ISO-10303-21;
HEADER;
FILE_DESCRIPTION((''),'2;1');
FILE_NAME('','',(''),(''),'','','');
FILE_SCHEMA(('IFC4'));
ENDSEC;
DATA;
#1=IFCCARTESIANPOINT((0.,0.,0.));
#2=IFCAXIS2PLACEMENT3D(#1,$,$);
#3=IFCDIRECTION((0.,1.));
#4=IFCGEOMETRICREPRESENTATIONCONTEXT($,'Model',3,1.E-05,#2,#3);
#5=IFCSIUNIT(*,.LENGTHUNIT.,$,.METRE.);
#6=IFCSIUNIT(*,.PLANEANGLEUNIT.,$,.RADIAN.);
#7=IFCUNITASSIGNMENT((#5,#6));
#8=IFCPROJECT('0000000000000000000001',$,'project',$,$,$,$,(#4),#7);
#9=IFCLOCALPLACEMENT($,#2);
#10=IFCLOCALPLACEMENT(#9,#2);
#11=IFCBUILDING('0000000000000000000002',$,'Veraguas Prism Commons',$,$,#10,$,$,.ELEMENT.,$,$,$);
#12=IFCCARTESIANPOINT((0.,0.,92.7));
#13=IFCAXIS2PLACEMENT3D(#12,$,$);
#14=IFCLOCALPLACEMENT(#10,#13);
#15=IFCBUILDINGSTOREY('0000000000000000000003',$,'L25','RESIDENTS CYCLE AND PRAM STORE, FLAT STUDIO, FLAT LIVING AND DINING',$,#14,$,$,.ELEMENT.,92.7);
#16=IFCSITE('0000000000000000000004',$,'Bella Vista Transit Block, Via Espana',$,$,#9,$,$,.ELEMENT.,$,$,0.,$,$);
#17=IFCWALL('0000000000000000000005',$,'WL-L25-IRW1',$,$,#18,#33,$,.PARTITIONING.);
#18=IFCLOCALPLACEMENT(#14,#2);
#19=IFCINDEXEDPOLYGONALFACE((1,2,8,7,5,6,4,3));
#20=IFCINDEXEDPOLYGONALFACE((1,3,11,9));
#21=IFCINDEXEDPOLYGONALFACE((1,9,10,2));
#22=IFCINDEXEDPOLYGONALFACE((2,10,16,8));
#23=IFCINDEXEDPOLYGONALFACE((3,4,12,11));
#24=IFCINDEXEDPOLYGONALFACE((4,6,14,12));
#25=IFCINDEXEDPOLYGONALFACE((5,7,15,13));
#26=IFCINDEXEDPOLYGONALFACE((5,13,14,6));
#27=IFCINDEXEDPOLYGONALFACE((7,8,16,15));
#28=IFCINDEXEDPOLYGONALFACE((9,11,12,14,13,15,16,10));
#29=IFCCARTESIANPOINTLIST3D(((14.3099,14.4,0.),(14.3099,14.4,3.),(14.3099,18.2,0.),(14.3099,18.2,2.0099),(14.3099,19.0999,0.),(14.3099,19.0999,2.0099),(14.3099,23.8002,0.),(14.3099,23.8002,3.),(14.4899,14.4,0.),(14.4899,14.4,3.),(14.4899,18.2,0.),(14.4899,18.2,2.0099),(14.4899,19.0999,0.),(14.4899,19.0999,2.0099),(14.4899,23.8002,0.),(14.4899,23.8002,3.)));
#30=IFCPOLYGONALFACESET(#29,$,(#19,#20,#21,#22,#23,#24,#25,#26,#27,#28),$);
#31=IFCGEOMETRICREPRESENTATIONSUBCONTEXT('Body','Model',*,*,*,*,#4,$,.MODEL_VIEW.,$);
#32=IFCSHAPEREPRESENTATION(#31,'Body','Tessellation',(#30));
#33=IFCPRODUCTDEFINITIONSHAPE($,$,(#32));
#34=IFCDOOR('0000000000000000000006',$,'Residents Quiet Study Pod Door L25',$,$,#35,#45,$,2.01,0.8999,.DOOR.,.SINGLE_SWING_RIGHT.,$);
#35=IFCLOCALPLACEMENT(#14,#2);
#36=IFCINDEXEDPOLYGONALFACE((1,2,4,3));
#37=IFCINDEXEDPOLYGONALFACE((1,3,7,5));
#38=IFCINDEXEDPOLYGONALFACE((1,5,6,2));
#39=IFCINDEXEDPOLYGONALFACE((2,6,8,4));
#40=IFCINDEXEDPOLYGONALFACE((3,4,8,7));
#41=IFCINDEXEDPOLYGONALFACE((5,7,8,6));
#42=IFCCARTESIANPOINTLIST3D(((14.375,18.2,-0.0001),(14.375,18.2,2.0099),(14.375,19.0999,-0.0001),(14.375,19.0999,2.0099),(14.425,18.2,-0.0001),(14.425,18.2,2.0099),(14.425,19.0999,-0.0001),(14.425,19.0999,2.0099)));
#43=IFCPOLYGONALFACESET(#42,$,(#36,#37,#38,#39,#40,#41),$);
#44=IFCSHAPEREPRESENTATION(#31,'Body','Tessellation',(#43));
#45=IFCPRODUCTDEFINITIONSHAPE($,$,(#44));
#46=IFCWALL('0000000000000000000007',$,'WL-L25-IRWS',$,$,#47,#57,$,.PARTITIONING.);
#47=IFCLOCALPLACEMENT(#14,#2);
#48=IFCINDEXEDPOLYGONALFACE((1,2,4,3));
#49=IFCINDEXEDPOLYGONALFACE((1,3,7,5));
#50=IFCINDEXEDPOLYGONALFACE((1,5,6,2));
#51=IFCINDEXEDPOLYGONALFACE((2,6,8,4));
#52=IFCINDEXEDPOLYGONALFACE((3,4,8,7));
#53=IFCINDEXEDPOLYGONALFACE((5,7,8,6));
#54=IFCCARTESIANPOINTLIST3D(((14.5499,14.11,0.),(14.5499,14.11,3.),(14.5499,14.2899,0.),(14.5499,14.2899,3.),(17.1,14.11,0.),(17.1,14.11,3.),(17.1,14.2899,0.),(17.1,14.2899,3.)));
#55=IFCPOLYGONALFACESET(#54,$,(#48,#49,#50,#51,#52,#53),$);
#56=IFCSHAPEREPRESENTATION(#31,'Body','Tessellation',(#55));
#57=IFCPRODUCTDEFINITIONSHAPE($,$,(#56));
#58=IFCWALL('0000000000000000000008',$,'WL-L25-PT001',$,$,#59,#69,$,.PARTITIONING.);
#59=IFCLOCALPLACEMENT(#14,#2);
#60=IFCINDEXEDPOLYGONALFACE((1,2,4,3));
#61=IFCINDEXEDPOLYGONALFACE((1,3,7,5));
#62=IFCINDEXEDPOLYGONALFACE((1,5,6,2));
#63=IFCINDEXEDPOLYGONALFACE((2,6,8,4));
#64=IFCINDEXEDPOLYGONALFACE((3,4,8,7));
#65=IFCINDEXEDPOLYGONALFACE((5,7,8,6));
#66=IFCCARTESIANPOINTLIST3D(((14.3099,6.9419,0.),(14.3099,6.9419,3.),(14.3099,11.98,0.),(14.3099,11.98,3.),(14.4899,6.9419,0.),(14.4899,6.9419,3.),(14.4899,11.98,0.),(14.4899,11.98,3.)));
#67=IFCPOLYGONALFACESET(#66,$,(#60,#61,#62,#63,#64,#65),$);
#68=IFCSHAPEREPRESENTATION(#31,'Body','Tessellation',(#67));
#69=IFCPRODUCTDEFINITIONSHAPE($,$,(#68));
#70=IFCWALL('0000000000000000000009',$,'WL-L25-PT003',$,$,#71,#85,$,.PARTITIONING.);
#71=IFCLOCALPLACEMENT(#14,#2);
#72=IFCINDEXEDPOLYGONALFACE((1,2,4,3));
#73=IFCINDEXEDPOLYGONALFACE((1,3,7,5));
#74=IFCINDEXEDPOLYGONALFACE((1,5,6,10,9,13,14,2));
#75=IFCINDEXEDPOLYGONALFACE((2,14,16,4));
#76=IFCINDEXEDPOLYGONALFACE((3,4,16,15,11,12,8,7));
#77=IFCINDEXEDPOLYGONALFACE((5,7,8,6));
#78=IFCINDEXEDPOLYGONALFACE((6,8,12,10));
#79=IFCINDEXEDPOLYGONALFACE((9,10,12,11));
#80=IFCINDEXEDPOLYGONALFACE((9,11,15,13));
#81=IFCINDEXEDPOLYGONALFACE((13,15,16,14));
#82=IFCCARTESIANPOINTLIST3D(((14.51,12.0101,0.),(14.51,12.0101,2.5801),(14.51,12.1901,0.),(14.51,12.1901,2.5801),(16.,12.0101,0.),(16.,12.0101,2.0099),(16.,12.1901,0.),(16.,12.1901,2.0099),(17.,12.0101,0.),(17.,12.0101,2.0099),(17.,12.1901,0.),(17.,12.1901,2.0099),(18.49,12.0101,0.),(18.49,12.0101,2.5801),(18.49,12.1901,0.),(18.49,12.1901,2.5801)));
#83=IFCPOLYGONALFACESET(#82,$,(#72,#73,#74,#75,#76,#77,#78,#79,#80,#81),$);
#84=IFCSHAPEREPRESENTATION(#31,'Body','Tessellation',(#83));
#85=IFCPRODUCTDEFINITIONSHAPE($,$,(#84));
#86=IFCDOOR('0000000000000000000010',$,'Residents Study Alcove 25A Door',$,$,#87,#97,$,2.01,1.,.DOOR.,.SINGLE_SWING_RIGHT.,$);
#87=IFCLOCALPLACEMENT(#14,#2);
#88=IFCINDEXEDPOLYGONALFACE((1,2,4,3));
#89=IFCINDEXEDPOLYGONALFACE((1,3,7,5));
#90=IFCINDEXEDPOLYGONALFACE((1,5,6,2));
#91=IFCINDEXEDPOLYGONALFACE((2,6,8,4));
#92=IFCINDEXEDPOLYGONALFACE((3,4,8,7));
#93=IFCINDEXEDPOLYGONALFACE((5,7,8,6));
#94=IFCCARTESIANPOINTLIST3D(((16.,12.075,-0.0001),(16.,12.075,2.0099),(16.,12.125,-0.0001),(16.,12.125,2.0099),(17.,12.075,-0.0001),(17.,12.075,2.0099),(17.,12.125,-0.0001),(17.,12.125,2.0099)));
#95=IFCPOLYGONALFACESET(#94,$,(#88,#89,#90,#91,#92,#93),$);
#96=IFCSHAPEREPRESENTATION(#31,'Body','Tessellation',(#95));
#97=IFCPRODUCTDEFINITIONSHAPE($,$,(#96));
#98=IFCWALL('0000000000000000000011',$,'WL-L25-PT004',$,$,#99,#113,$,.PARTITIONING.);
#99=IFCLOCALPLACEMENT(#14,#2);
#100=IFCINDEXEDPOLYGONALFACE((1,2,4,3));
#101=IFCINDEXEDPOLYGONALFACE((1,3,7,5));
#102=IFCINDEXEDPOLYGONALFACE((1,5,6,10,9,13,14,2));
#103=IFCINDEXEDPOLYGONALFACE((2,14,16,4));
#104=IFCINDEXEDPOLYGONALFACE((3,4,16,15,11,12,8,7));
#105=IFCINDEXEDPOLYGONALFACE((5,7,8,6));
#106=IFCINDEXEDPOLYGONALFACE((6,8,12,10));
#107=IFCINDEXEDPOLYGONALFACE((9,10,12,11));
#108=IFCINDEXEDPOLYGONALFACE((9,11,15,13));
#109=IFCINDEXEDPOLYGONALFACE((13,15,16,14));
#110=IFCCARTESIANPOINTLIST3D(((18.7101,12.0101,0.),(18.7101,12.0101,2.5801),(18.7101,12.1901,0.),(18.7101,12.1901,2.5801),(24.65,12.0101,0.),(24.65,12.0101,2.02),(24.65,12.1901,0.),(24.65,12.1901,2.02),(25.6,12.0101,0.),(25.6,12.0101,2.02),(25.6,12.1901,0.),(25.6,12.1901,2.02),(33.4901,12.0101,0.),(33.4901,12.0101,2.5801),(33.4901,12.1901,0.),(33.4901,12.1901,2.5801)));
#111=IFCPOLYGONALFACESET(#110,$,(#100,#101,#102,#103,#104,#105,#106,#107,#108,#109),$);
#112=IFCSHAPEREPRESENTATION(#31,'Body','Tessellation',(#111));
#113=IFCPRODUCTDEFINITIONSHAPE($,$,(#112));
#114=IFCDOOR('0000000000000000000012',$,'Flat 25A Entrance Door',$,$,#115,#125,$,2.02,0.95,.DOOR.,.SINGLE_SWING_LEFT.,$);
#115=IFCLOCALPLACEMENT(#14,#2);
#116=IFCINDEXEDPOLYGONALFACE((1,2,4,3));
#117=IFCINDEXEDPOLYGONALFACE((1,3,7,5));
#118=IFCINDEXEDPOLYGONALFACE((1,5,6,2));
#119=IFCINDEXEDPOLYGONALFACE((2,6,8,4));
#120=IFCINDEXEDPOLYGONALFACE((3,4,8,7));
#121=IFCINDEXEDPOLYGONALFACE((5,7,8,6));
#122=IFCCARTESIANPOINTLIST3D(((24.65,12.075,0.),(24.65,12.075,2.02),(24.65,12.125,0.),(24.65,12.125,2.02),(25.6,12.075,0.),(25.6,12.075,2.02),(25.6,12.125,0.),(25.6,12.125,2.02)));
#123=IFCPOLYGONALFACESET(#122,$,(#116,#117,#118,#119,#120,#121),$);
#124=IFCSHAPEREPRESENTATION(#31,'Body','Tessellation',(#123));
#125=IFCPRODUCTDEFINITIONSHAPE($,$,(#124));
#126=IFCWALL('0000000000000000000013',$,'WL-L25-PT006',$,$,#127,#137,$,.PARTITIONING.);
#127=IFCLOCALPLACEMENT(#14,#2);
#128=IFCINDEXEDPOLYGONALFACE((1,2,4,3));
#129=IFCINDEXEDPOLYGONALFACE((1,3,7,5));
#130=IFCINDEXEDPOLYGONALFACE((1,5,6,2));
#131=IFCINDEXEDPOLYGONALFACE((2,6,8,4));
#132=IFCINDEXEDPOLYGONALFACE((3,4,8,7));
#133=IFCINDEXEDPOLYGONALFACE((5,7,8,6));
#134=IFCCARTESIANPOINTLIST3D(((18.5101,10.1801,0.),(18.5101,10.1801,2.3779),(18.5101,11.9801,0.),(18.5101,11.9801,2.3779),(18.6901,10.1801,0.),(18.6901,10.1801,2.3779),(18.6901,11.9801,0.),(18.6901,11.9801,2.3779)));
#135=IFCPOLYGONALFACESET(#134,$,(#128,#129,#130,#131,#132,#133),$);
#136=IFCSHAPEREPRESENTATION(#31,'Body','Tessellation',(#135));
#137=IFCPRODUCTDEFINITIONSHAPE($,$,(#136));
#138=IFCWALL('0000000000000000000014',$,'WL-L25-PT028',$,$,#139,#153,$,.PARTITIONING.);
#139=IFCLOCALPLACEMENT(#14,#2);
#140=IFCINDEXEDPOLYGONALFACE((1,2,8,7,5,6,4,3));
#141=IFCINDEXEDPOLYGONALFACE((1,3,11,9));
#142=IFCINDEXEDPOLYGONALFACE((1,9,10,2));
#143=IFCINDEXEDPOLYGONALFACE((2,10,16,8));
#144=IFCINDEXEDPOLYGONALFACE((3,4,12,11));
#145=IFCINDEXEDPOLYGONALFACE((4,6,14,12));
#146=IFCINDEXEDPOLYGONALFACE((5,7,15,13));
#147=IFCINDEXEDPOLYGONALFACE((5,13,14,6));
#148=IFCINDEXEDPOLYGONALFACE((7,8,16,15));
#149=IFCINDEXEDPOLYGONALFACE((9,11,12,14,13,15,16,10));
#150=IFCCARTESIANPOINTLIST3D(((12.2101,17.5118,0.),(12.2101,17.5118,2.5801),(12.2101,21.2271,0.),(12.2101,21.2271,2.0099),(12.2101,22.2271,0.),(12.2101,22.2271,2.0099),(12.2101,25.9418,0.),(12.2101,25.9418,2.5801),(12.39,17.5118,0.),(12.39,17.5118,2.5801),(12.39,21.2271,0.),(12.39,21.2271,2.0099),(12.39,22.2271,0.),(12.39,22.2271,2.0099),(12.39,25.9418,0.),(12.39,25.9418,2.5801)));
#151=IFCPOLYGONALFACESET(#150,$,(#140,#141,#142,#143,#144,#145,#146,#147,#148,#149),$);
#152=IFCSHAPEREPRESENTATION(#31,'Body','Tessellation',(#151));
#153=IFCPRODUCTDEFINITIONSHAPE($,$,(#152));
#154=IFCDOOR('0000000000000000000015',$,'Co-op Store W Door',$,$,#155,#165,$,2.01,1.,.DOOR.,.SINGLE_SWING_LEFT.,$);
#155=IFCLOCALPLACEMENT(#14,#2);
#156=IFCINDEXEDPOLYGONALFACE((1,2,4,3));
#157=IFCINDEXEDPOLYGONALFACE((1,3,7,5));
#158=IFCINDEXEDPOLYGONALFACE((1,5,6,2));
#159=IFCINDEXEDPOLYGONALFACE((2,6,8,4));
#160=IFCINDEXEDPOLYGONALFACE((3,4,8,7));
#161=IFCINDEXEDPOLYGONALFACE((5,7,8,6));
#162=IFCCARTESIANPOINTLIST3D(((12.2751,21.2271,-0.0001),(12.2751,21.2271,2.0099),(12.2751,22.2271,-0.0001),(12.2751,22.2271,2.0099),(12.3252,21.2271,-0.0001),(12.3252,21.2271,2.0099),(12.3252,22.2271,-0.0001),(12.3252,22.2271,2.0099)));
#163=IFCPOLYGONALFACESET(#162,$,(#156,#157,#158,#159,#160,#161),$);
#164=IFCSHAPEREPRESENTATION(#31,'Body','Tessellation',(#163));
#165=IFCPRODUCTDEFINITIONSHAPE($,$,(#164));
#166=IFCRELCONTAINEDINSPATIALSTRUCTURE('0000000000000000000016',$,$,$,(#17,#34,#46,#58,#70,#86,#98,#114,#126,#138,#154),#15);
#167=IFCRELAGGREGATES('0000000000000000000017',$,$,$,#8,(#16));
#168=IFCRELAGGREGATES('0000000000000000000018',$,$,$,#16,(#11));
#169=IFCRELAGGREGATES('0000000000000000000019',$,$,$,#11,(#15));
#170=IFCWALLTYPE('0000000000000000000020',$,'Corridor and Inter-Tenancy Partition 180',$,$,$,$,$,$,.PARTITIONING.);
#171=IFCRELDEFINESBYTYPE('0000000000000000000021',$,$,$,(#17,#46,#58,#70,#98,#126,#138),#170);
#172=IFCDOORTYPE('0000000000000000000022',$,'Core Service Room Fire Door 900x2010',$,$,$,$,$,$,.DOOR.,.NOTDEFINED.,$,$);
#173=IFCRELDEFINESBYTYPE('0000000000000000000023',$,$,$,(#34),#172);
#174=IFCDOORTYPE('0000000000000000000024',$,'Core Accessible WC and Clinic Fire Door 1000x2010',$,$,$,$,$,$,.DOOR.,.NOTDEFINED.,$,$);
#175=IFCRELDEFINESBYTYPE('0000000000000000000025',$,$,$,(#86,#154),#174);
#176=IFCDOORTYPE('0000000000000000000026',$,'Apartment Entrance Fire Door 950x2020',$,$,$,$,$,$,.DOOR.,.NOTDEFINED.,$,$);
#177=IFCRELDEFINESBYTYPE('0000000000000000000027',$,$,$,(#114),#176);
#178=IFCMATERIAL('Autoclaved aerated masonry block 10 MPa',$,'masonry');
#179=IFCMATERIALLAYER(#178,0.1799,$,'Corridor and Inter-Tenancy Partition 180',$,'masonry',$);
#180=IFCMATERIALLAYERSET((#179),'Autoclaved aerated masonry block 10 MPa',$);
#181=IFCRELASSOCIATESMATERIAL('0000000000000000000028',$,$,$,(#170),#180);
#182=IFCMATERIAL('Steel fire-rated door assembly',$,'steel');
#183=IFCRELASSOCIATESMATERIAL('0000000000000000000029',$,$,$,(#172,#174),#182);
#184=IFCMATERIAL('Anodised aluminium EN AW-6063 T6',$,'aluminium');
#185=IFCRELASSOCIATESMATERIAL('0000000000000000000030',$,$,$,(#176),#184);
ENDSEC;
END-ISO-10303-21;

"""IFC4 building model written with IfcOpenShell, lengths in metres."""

from ifc_helpers import new_model, si_unit, direction, frame, frame_2d, origin, place, context, subcontext, project, spatial, rectangle, extrude, source, transform, mapped, material, layer, layer_set, type_object, element, fill, save


model = new_model("IFC4")

# Units and contexts
model_context = context("Model", 3, precision=1e-05, world=origin(), true_north=direction((0.0, 1.0)))
body_context = subcontext(model_context, "Body", "Model", "MODEL_VIEW")
ifc_project = project(units=[si_unit("LENGTHUNIT", "METRE"), si_unit("PLANEANGLEUNIT", "RADIAN")], contexts=[model_context])

# Site, building, storey
site_placement = place(None, origin())
site = spatial("IfcSite", under=ifc_project, at=site_placement, Name="Bella Vista Transit Block, Via Espana", CompositionType="ELEMENT", RefElevation=0.0)
building_placement = place(site_placement, origin())
building = spatial("IfcBuilding", under=site, at=building_placement, Name="Veraguas Prism Commons", CompositionType="ELEMENT")
storey_placement = place(building_placement, frame((0.0, 0.0, 92.7)))
storey = spatial("IfcBuildingStorey", under=building, at=storey_placement, Name="L25", Description="RESIDENTS CYCLE AND PRAM STORE, FLAT STUDIO, FLAT LIVING AND DINING", CompositionType="ELEMENT", Elevation=92.7)

# Shared definitions
ifc_material_1 = material(Name="Steel fire-rated door assembly", Category="steel")

# Wall, opening, door
ifc_material_2 = material(Name="Autoclaved aerated masonry block 10 MPa", Category="masonry")
ifc_layer_1 = layer(ifc_material_2, 0.1799, Name="Corridor and Inter-Tenancy Partition 180", Category="masonry")
ifc_layer_set_1 = layer_set([ifc_layer_1], Name="Autoclaved aerated masonry block 10 MPa")
wall_type_1 = type_object("IfcWallType", Name="Corridor and Inter-Tenancy Partition 180", PredefinedType="PARTITIONING", material=ifc_layer_set_1)
wall_1_placement = place(storey_placement, frame((14.3999, 14.3999, 0.0), z_axis=(0.0, 0.0, 1.0), x_axis=(0.0, 1.0, 0.0)))
wall_1 = element("IfcWall", 1, at=wall_1_placement, inside=storey, type_object=wall_type_1, Name="WL-L25-IRW1", PredefinedType="PARTITIONING", context=body_context, shape_type="SweptSolid", body=[
    extrude(rectangle(XDim=9.4001, YDim=0.1799, at=frame_2d((4.7002, 0.0))), origin(), (0.0, 0.0, 1.0), 3.0),
])
opening_1_placement = place(wall_1_placement, frame((3.8, 0.0, 0.0)))
opening_1 = element("IfcOpeningElement", 2, at=opening_1_placement, cuts=wall_1, PredefinedType="OPENING", context=body_context, shape_type="SweptSolid", body=[
    extrude(rectangle(XDim=0.8999, YDim=2.01, at=frame_2d((0.45, 1.0049))), frame((0.0, 0.0999, 0.0), z_axis=(0.0, -1.0, 0.0), x_axis=(1.0, 0.0, 0.0)), (0.0, 0.0, 1.0), 0.2),
])
door_type_1 = type_object("IfcDoorType", Name="Core Service Room Fire Door 900x2010", OperationType="NOTDEFINED", PredefinedType="DOOR", material=ifc_material_1)
shared_shape_1 = source(origin(), body_context, "Body", "SweptSolid", [
    extrude(rectangle(XDim=0.8999, YDim=2.01, at=frame_2d((0.45, 1.0049))), frame((0.0, 0.0249, 0.0), z_axis=(0.0, -1.0, 0.0), x_axis=(1.0, 0.0, 0.0)), (0.0, 0.0, 1.0), 0.05),
])
door_1_placement = place(opening_1_placement, origin())
door_1 = element("IfcDoor", 3, at=door_1_placement, inside=storey, type_object=door_type_1, Name="Residents Quiet Study Pod Door L25", OperationType="SINGLE_SWING_RIGHT", OverallHeight=2.01, OverallWidth=0.8999, PredefinedType="DOOR", context=body_context, shape_type="MappedRepresentation", body=[
    mapped(shared_shape_1, transform((0.0, 0.0, 0.0), scale=1.0)),
])
fill(opening_1, door_1)

# Walls
wall_2_placement = place(storey_placement, frame((14.55, 14.2, 0.0), z_axis=(0.0, 0.0, 1.0), x_axis=(1.0, 0.0, 0.0)))
element("IfcWall", 4, at=wall_2_placement, inside=storey, type_object=wall_type_1, Name="WL-L25-IRWS", PredefinedType="PARTITIONING", context=body_context, shape_type="SweptSolid", body=[
    extrude(rectangle(XDim=2.55, YDim=0.1799, at=frame_2d((1.2749, 0.0))), origin(), (0.0, 0.0, 1.0), 3.0),
])
wall_3_placement = place(storey_placement, frame((14.3999, 11.98, 0.0), z_axis=(0.0, 0.0, 1.0), x_axis=(0.0, -1.0, 0.0)))
element("IfcWall", 5, at=wall_3_placement, inside=storey, type_object=wall_type_1, Name="WL-L25-PT001", PredefinedType="PARTITIONING", context=body_context, shape_type="SweptSolid", body=[
    extrude(rectangle(XDim=5.0381, YDim=0.1799, at=frame_2d((2.519, 0.0))), origin(), (0.0, 0.0, 1.0), 3.0),
])

# Walls, openings, doors
wall_4_placement = place(storey_placement, frame((14.51, 12.1001, 0.0), z_axis=(0.0, 0.0, 1.0), x_axis=(1.0, 0.0, 0.0)))
wall_4 = element("IfcWall", 6, at=wall_4_placement, inside=storey, type_object=wall_type_1, Name="WL-L25-PT003", PredefinedType="PARTITIONING", context=body_context, shape_type="SweptSolid", body=[
    extrude(rectangle(XDim=3.98, YDim=0.1799, at=frame_2d((1.99, 0.0))), origin(), (0.0, 0.0, 1.0), 2.5801),
])
opening_2_placement = place(wall_4_placement, frame((1.49, 0.0, 0.0)))
opening_2 = element("IfcOpeningElement", 7, at=opening_2_placement, cuts=wall_4, PredefinedType="OPENING", context=body_context, shape_type="SweptSolid", body=[
    extrude(rectangle(XDim=1.0, YDim=2.01, at=frame_2d((0.5, 1.0049))), frame((0.0, 0.0999, 0.0), z_axis=(0.0, -1.0, 0.0), x_axis=(1.0, 0.0, 0.0)), (0.0, 0.0, 1.0), 0.2),
])
door_type_2 = type_object("IfcDoorType", Name="Core Accessible WC and Clinic Fire Door 1000x2010", OperationType="NOTDEFINED", PredefinedType="DOOR", material=ifc_material_1)
shared_shape_2 = source(origin(), body_context, "Body", "SweptSolid", [
    extrude(rectangle(XDim=1.0, YDim=2.01, at=frame_2d((0.5, 1.0049))), frame((0.0, 0.0249, 0.0), z_axis=(0.0, -1.0, 0.0), x_axis=(1.0, 0.0, 0.0)), (0.0, 0.0, 1.0), 0.05),
])
door_2_placement = place(opening_2_placement, origin())
door_2 = element("IfcDoor", 8, at=door_2_placement, inside=storey, type_object=door_type_2, Name="Residents Study Alcove 25A Door", OperationType="SINGLE_SWING_RIGHT", OverallHeight=2.01, OverallWidth=1.0, PredefinedType="DOOR", context=body_context, shape_type="MappedRepresentation", body=[
    mapped(shared_shape_2, transform((0.0, 0.0, 0.0), scale=1.0)),
])
fill(opening_2, door_2)
wall_5_placement = place(storey_placement, frame((18.71, 12.1001, 0.0), z_axis=(0.0, 0.0, 1.0), x_axis=(1.0, 0.0, 0.0)))
wall_5 = element("IfcWall", 9, at=wall_5_placement, inside=storey, type_object=wall_type_1, Name="WL-L25-PT004", PredefinedType="PARTITIONING", context=body_context, shape_type="SweptSolid", body=[
    extrude(rectangle(XDim=14.78, YDim=0.1799, at=frame_2d((7.3901, 0.0))), origin(), (0.0, 0.0, 1.0), 2.5801),
])
opening_3_placement = place(wall_5_placement, frame((5.9399, 0.0, 0.0)))
opening_3 = element("IfcOpeningElement", 10, at=opening_3_placement, cuts=wall_5, PredefinedType="OPENING", context=body_context, shape_type="SweptSolid", body=[
    extrude(rectangle(XDim=0.95, YDim=2.02, at=frame_2d((0.4751, 1.01))), frame((0.0, 0.0999, 0.0), z_axis=(0.0, -1.0, 0.0), x_axis=(1.0, 0.0, 0.0)), (0.0, 0.0, 1.0), 0.2),
])
ifc_material_3 = material(Name="Anodised aluminium EN AW-6063 T6", Category="aluminium")
door_type_3 = type_object("IfcDoorType", Name="Apartment Entrance Fire Door 950x2020", OperationType="NOTDEFINED", PredefinedType="DOOR", material=ifc_material_3)
shared_shape_3 = source(origin(), body_context, "Body", "SweptSolid", [
    extrude(rectangle(XDim=0.95, YDim=2.02, at=frame_2d((0.4751, 1.01))), frame((0.0, 0.0249, 0.0), z_axis=(0.0, -1.0, 0.0), x_axis=(1.0, 0.0, 0.0)), (0.0, 0.0, 1.0), 0.05),
])
door_3_placement = place(opening_3_placement, origin())
door_3 = element("IfcDoor", 11, at=door_3_placement, inside=storey, type_object=door_type_3, Name="Flat 25A Entrance Door", OperationType="SINGLE_SWING_LEFT", OverallHeight=2.02, OverallWidth=0.95, PredefinedType="DOOR", context=body_context, shape_type="MappedRepresentation", body=[
    mapped(shared_shape_3, transform((0.0, 0.0, 0.0), scale=1.0)),
])
fill(opening_3, door_3)

# Wall
wall_6_placement = place(storey_placement, frame((18.6001, 11.98, 0.0), z_axis=(0.0, 0.0, 1.0), x_axis=(0.0, -1.0, 0.0)))
element("IfcWall", 12, at=wall_6_placement, inside=storey, type_object=wall_type_1, Name="WL-L25-PT006", PredefinedType="PARTITIONING", context=body_context, shape_type="SweptSolid", body=[
    extrude(rectangle(XDim=1.8, YDim=0.1799, at=frame_2d((0.8999, 0.0))), origin(), (0.0, 0.0, 1.0), 2.3779),
])

# Wall, opening, door
wall_7_placement = place(storey_placement, frame((12.3, 17.512, 0.0), z_axis=(0.0, 0.0, 1.0), x_axis=(0.0, 1.0, 0.0)))
wall_7 = element("IfcWall", 13, at=wall_7_placement, inside=storey, type_object=wall_type_1, Name="WL-L25-PT028", PredefinedType="PARTITIONING", context=body_context, shape_type="SweptSolid", body=[
    extrude(rectangle(XDim=8.4299, YDim=0.1799, at=frame_2d((4.2148, 0.0))), origin(), (0.0, 0.0, 1.0), 2.5801),
])
opening_4_placement = place(wall_7_placement, frame((3.7151, 0.0, 0.0)))
opening_4 = element("IfcOpeningElement", 14, at=opening_4_placement, cuts=wall_7, PredefinedType="OPENING", context=body_context, shape_type="SweptSolid", body=[
    extrude(rectangle(XDim=1.0, YDim=2.01, at=frame_2d((0.5, 1.0049))), frame((0.0, 0.0999, 0.0), z_axis=(0.0, -1.0, 0.0), x_axis=(1.0, 0.0, 0.0)), (0.0, 0.0, 1.0), 0.2),
])
door_4_placement = place(opening_4_placement, origin())
door_4 = element("IfcDoor", 15, at=door_4_placement, inside=storey, type_object=door_type_2, Name="Co-op Store W Door", OperationType="SINGLE_SWING_LEFT", OverallHeight=2.01, OverallWidth=1.0, PredefinedType="DOOR", context=body_context, shape_type="MappedRepresentation", body=[
    mapped(shared_shape_2, transform((0.0, 0.0, 0.0), scale=1.0)),
])
fill(opening_4, door_4)

save(model, "model.ifc")
